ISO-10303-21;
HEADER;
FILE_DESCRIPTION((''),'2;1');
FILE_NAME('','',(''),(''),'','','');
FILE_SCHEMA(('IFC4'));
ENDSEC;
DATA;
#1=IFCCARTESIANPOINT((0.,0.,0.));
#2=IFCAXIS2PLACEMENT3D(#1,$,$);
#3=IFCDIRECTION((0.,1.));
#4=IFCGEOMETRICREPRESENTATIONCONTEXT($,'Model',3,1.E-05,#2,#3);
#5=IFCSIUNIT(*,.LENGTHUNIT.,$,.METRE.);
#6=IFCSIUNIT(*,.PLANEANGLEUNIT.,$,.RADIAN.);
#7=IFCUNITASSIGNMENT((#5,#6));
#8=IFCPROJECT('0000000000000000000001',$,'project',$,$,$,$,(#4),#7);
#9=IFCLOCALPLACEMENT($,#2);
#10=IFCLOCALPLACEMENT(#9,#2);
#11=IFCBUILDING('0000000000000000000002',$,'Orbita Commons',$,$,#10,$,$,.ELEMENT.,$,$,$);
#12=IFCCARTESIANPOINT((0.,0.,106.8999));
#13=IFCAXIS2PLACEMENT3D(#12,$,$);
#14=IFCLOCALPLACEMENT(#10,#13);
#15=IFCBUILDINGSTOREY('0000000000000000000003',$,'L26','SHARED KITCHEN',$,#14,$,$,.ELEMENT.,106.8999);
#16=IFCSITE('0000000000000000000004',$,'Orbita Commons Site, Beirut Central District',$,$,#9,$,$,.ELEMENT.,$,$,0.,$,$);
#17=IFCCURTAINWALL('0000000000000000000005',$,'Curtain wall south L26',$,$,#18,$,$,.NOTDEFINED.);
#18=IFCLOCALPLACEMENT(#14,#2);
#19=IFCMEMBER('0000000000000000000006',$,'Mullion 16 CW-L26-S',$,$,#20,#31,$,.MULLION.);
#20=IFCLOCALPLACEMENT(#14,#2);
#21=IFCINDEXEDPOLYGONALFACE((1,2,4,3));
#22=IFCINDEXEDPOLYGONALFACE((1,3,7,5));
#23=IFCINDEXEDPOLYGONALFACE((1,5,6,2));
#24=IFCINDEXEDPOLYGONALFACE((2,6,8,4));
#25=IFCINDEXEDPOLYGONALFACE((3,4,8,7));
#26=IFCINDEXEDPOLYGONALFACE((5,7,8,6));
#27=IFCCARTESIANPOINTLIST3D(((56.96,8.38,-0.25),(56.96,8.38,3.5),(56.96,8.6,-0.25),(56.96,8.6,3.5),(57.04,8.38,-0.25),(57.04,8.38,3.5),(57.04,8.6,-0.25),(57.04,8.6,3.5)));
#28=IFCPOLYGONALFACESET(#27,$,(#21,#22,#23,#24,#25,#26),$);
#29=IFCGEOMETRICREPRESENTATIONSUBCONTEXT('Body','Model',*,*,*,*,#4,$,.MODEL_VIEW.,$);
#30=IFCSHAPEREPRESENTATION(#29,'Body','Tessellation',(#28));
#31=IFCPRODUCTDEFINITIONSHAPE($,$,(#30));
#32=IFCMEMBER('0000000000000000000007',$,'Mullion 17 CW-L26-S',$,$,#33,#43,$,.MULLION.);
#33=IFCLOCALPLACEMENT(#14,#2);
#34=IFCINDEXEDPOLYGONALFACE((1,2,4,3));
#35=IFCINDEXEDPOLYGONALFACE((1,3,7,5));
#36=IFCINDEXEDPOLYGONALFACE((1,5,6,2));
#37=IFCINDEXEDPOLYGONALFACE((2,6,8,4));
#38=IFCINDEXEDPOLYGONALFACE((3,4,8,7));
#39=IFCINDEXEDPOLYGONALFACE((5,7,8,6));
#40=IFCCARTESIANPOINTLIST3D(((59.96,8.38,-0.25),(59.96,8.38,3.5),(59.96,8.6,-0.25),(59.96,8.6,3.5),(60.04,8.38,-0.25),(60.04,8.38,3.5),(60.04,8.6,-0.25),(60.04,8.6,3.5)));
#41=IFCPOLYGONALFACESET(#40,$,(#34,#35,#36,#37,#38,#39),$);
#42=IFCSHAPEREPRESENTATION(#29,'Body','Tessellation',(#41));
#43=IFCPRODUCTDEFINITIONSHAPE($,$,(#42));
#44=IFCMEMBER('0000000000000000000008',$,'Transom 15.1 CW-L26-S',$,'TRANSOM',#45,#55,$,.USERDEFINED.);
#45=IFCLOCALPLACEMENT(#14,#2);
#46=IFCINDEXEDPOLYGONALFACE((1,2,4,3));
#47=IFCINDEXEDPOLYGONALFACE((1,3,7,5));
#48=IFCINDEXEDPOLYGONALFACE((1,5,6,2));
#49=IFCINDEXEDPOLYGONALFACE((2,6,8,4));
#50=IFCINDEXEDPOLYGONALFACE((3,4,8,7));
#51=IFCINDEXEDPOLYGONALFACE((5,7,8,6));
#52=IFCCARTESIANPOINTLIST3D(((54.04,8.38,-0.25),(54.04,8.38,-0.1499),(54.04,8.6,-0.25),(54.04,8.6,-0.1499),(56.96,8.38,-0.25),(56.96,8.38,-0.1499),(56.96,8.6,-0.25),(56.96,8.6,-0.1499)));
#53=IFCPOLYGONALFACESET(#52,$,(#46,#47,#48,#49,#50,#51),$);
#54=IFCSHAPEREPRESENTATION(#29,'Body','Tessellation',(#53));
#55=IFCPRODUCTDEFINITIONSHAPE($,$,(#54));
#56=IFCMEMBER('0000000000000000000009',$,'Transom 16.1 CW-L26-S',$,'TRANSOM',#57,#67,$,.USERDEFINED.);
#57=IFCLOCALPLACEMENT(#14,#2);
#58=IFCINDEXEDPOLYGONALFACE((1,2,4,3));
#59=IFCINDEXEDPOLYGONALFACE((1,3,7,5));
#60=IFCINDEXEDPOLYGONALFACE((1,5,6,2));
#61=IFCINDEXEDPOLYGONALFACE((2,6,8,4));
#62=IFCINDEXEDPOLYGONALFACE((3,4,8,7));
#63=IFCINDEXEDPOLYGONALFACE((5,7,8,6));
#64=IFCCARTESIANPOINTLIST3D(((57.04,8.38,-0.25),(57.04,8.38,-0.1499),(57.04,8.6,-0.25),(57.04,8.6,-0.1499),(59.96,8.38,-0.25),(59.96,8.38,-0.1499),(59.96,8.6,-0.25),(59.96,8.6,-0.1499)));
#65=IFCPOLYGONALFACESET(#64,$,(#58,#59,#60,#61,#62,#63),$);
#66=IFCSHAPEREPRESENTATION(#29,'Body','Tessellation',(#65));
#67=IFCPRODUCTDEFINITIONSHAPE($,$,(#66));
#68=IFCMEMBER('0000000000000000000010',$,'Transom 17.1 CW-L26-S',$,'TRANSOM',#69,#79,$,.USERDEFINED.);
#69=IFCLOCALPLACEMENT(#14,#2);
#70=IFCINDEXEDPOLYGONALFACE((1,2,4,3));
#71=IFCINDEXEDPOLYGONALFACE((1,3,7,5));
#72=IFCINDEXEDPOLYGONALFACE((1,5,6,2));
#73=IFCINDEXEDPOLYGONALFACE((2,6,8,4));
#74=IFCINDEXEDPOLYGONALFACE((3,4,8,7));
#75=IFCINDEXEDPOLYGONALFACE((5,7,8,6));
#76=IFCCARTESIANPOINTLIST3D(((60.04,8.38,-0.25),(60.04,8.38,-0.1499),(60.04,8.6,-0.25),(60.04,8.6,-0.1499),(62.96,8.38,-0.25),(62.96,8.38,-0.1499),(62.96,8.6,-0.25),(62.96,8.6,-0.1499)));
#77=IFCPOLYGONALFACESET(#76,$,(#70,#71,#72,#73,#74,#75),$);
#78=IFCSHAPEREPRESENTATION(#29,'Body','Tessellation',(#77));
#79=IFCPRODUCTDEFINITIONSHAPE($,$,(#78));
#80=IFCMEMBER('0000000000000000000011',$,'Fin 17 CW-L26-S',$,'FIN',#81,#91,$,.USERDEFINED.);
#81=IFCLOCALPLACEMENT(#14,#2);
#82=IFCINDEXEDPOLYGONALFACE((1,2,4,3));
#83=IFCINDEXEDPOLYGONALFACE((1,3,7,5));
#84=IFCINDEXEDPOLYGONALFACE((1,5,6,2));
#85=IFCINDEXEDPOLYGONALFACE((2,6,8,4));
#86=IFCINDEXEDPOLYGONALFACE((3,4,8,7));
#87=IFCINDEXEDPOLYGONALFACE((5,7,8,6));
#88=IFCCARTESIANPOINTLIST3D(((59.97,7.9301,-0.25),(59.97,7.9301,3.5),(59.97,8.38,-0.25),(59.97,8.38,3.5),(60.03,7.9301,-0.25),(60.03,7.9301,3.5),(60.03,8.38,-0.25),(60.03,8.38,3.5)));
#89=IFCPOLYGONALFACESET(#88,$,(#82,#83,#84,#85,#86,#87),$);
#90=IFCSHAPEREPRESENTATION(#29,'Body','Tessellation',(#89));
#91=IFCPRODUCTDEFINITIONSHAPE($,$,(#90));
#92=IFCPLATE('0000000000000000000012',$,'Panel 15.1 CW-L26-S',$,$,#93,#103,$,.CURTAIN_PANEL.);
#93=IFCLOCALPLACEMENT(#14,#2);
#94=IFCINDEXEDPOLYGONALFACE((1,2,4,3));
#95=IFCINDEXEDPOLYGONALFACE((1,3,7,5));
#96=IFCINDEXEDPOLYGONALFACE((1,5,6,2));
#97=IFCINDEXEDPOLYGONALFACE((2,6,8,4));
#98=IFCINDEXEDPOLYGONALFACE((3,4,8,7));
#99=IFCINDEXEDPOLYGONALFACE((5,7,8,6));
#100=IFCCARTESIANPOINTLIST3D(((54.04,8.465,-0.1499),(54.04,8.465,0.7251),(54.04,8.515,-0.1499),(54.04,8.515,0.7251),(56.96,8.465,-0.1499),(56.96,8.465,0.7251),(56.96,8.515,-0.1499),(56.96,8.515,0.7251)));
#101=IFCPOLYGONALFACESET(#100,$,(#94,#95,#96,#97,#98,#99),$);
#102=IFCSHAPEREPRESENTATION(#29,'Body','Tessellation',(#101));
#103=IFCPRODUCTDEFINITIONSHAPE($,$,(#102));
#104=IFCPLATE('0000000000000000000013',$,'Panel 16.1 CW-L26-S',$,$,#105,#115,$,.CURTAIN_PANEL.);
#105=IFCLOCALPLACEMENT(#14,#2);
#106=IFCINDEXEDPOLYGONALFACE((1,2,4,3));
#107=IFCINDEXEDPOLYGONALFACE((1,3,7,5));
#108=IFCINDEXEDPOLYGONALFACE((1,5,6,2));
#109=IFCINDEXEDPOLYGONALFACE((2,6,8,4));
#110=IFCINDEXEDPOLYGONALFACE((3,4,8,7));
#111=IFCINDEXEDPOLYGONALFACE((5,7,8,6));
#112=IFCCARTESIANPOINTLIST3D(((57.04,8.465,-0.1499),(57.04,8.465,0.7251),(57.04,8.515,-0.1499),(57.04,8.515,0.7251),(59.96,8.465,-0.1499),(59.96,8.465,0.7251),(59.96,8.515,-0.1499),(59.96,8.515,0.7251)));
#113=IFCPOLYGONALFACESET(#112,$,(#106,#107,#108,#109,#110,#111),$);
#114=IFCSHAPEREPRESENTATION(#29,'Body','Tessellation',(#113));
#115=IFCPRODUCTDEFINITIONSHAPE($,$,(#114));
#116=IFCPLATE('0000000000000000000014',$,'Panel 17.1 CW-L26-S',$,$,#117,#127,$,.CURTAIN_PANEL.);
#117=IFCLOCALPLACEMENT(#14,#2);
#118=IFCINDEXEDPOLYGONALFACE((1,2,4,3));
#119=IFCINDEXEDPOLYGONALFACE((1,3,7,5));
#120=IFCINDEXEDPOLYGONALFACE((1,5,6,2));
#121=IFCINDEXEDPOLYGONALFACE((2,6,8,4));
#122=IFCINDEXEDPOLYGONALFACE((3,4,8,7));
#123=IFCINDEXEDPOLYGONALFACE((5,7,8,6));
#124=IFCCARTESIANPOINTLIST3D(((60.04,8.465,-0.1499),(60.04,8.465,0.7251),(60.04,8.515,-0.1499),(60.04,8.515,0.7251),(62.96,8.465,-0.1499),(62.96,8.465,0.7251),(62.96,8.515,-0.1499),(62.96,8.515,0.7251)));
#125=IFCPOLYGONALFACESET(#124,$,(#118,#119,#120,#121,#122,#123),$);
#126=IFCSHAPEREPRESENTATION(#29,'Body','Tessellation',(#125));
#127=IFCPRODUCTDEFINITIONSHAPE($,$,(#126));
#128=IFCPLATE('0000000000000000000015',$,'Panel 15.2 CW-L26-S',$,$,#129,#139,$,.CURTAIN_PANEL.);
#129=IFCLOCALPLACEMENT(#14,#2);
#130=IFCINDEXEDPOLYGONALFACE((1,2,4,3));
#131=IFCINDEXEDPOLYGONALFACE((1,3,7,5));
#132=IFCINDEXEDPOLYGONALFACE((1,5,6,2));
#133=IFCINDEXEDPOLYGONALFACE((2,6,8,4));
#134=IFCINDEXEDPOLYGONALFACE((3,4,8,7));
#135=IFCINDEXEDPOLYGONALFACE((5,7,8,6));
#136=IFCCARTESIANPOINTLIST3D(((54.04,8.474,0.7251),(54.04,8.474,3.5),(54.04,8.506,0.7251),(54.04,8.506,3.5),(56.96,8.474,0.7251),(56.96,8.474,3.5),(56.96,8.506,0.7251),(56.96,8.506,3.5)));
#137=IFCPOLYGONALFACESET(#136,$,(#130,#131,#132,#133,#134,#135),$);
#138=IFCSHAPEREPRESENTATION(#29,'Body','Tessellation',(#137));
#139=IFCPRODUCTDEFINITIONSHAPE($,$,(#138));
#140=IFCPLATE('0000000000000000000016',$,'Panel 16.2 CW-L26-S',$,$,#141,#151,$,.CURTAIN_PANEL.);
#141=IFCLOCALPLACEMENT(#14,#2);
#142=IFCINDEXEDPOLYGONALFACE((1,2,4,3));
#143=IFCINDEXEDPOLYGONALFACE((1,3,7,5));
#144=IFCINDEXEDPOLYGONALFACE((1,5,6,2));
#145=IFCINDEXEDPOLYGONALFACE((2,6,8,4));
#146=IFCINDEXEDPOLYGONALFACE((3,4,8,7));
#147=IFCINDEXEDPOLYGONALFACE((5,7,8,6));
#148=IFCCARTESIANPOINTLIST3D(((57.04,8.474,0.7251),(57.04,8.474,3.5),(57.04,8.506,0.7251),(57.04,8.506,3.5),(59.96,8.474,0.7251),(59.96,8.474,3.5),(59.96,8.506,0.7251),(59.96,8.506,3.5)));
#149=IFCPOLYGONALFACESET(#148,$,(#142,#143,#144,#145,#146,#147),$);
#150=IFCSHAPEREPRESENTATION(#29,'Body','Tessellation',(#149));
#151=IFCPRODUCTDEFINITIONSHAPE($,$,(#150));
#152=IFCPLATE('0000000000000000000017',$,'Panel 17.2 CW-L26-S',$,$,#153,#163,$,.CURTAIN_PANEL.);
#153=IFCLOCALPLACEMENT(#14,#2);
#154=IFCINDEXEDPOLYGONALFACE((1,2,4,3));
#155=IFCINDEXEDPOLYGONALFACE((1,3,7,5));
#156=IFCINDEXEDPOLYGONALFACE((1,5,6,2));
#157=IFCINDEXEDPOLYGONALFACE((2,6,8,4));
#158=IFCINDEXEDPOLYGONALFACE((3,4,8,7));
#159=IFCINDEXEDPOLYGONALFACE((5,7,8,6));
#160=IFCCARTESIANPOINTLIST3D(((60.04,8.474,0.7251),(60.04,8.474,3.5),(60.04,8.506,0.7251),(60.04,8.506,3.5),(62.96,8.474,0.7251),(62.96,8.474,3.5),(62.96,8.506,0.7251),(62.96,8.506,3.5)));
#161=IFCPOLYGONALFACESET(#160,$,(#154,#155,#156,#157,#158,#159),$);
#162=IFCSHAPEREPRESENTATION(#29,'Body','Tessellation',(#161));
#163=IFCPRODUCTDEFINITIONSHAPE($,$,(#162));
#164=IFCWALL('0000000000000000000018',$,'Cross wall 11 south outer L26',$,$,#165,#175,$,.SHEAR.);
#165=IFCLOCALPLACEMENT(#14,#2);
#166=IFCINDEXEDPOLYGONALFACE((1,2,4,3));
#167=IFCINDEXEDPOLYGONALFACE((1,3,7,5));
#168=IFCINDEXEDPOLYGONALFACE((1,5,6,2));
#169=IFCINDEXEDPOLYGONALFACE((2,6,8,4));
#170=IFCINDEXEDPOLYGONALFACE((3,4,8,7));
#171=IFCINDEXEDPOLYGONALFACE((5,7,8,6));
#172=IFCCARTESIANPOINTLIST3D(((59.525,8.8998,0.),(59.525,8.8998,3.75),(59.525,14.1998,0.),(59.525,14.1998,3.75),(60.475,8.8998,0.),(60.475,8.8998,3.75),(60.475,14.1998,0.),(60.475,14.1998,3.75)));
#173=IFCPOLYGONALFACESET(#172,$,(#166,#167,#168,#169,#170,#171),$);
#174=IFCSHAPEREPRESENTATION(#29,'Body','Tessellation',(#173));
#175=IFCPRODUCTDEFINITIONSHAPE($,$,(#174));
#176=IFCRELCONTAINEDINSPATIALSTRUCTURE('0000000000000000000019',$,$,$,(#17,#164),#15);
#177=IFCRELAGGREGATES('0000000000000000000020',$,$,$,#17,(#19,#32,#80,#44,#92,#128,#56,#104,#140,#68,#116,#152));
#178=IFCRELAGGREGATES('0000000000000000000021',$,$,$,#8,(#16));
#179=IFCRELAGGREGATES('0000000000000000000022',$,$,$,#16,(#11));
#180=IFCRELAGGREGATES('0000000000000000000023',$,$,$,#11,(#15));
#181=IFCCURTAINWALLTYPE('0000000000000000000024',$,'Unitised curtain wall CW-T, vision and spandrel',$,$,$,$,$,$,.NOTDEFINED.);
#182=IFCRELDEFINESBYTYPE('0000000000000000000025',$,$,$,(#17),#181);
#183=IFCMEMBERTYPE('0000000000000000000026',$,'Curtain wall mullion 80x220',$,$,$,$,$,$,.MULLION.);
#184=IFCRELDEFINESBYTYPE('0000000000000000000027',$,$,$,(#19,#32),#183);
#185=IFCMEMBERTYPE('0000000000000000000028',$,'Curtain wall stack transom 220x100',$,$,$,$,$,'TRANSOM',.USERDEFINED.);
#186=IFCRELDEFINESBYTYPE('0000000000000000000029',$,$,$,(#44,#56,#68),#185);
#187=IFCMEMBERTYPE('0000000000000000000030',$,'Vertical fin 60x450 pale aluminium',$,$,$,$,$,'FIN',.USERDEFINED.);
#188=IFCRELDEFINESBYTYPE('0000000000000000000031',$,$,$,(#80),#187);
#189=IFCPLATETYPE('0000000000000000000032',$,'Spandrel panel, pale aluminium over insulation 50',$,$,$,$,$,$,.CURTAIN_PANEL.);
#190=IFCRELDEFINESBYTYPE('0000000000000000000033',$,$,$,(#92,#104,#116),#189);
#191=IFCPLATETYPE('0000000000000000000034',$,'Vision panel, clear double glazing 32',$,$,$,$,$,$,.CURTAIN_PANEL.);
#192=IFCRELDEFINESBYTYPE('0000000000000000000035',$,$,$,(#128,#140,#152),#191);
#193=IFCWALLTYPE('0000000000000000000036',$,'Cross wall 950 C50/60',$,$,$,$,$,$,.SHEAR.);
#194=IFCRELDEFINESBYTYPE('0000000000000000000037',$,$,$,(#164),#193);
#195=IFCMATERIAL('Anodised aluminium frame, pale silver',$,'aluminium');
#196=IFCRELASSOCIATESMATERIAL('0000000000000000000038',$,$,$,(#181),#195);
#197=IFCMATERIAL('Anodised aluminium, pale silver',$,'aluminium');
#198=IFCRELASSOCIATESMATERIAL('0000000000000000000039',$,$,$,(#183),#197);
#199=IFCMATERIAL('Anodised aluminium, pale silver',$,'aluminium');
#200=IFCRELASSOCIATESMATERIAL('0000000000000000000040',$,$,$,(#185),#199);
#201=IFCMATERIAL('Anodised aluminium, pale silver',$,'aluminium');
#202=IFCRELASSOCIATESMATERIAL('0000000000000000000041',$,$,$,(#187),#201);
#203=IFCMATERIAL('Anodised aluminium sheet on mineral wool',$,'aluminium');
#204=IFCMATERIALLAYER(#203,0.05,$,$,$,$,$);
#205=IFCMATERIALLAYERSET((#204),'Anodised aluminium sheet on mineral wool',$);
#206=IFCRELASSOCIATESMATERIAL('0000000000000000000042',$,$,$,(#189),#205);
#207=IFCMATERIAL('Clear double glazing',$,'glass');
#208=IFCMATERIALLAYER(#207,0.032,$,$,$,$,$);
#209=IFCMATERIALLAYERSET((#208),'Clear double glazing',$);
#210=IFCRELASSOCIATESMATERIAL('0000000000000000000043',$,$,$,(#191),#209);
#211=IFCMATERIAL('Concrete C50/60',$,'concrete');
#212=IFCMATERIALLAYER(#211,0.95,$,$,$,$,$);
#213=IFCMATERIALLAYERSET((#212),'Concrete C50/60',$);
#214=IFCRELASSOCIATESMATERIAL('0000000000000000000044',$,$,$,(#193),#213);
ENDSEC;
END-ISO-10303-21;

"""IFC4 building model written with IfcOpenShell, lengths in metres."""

from ifc_helpers import new_model, si_unit, direction, frame, frame_2d, origin, origin_2d, place, context, subcontext, project, spatial, rectangle, extrude, material, layer, layer_set, material_profile, profile_set, type_object, element, aggregate, save


model = new_model("IFC4")

# Units and contexts
model_context = context("Model", 3, precision=1e-05, world=origin(), true_north=direction((0.0, 1.0)))
body_context = subcontext(model_context, "Body", "Model", "MODEL_VIEW")
ifc_project = project(units=[si_unit("LENGTHUNIT", "METRE"), si_unit("PLANEANGLEUNIT", "RADIAN")], contexts=[model_context])

# Site, building, storey
site_placement = place(None, origin())
site = spatial("IfcSite", under=ifc_project, at=site_placement, Name="Orbita Commons Site, Beirut Central District", CompositionType="ELEMENT", RefElevation=0.0)
building_placement = place(site_placement, origin())
building = spatial("IfcBuilding", under=site, at=building_placement, Name="Orbita Commons", CompositionType="ELEMENT")
storey_placement = place(building_placement, frame((0.0, 0.0, 106.8999)))
storey = spatial("IfcBuildingStorey", under=building, at=storey_placement, Name="L26", Description="SHARED KITCHEN", CompositionType="ELEMENT", Elevation=106.8999)

# Curtain wall, members, plates
ifc_material_1 = material(Name="Anodised aluminium frame, pale silver", Category="aluminium")
curtain_wall_type = type_object("IfcCurtainWallType", Name="Unitised curtain wall CW-T, vision and spandrel", PredefinedType="NOTDEFINED", material=ifc_material_1)
curtain_wall_placement = place(storey_placement, origin())
curtain_wall = element("IfcCurtainWall", 1, at=curtain_wall_placement, inside=storey, type_object=curtain_wall_type, Name="Curtain wall south L26", PredefinedType="NOTDEFINED")
ifc_material_2 = material(Name="Anodised aluminium, pale silver", Category="aluminium")
ifc_material_profile_1 = material_profile(ifc_material_2, rectangle(XDim=0.0801, YDim=0.22, at=origin_2d()), Name="AL 80x220")
ifc_profile_set_1 = profile_set([ifc_material_profile_1], Name="Anodised aluminium, pale silver")
member_type_1 = type_object("IfcMemberType", Name="Curtain wall mullion 80x220", PredefinedType="MULLION", material=ifc_profile_set_1)
member_1_placement = place(storey_placement, frame((57.0, 8.49, -0.25), z_axis=(0.0, 0.0, 1.0), x_axis=(1.0, 0.0, 0.0)))
member_1 = element("IfcMember", 2, at=member_1_placement, type_object=member_type_1, Name="Mullion 16 CW-L26-S", PredefinedType="MULLION", context=body_context, shape_type="SweptSolid", body=[
    extrude(rectangle(XDim=0.0801, YDim=0.22, at=origin_2d()), origin(), (0.0, 0.0, 1.0), 3.75),
])
member_2_placement = place(storey_placement, frame((60.0, 8.49, -0.25), z_axis=(0.0, 0.0, 1.0), x_axis=(1.0, 0.0, 0.0)))
member_2 = element("IfcMember", 3, at=member_2_placement, type_object=member_type_1, Name="Mullion 17 CW-L26-S", PredefinedType="MULLION", context=body_context, shape_type="SweptSolid", body=[
    extrude(rectangle(XDim=0.0801, YDim=0.22, at=origin_2d()), origin(), (0.0, 0.0, 1.0), 3.75),
])
ifc_material_3 = material(Name="Anodised aluminium, pale silver", Category="aluminium")
ifc_material_profile_2 = material_profile(ifc_material_3, rectangle(XDim=0.22, YDim=0.1001, at=origin_2d()), Name="AL 220x100")
ifc_profile_set_2 = profile_set([ifc_material_profile_2], Name="Anodised aluminium, pale silver")
member_type_2 = type_object("IfcMemberType", Name="Curtain wall stack transom 220x100", ElementType="TRANSOM", PredefinedType="USERDEFINED", material=ifc_profile_set_2)
member_3_placement = place(storey_placement, frame((54.04, 8.49, -0.2), z_axis=(1.0, 0.0, 0.0), x_axis=(0.0, 1.0, 0.0)))
member_3 = element("IfcMember", 4, at=member_3_placement, type_object=member_type_2, Name="Transom 15.1 CW-L26-S", ObjectType="TRANSOM", PredefinedType="USERDEFINED", context=body_context, shape_type="SweptSolid", body=[
    extrude(rectangle(XDim=0.22, YDim=0.1001, at=origin_2d()), origin(), (0.0, 0.0, 1.0), 2.9199),
])
member_4_placement = place(storey_placement, frame((57.04, 8.49, -0.2), z_axis=(1.0, 0.0, 0.0), x_axis=(0.0, 1.0, 0.0)))
member_4 = element("IfcMember", 5, at=member_4_placement, type_object=member_type_2, Name="Transom 16.1 CW-L26-S", ObjectType="TRANSOM", PredefinedType="USERDEFINED", context=body_context, shape_type="SweptSolid", body=[
    extrude(rectangle(XDim=0.22, YDim=0.1001, at=origin_2d()), origin(), (0.0, 0.0, 1.0), 2.9199),
])
member_5_placement = place(storey_placement, frame((60.04, 8.49, -0.2), z_axis=(1.0, 0.0, 0.0), x_axis=(0.0, 1.0, 0.0)))
member_5 = element("IfcMember", 6, at=member_5_placement, type_object=member_type_2, Name="Transom 17.1 CW-L26-S", ObjectType="TRANSOM", PredefinedType="USERDEFINED", context=body_context, shape_type="SweptSolid", body=[
    extrude(rectangle(XDim=0.22, YDim=0.1001, at=origin_2d()), origin(), (0.0, 0.0, 1.0), 2.9199),
])
ifc_material_4 = material(Name="Anodised aluminium, pale silver", Category="aluminium")
ifc_material_profile_3 = material_profile(ifc_material_4, rectangle(XDim=0.0601, YDim=0.45, at=origin_2d()), Name="FIN 60x450")
ifc_profile_set_3 = profile_set([ifc_material_profile_3], Name="Anodised aluminium, pale silver")
member_type_3 = type_object("IfcMemberType", Name="Vertical fin 60x450 pale aluminium", ElementType="FIN", PredefinedType="USERDEFINED", material=ifc_profile_set_3)
member_6_placement = place(storey_placement, frame((60.0, 8.155, -0.25), z_axis=(0.0, 0.0, 1.0), x_axis=(1.0, 0.0, 0.0)))
member_6 = element("IfcMember", 7, at=member_6_placement, type_object=member_type_3, Name="Fin 17 CW-L26-S", ObjectType="FIN", PredefinedType="USERDEFINED", context=body_context, shape_type="SweptSolid", body=[
    extrude(rectangle(XDim=0.0601, YDim=0.45, at=origin_2d()), origin(), (0.0, 0.0, 1.0), 3.75),
])
ifc_material_5 = material(Name="Anodised aluminium sheet on mineral wool", Category="aluminium")
ifc_layer_1 = layer(ifc_material_5, 0.05)
ifc_layer_set_1 = layer_set([ifc_layer_1], Name="Anodised aluminium sheet on mineral wool")
plate_type_1 = type_object("IfcPlateType", Name="Spandrel panel, pale aluminium over insulation 50", PredefinedType="CURTAIN_PANEL", material=ifc_layer_set_1)
plate_1_placement = place(storey_placement, frame((55.5, 8.49, -0.1499), z_axis=(0.0, 0.0, 1.0), x_axis=(1.0, 0.0, 0.0)))
plate_1 = element("IfcPlate", 8, at=plate_1_placement, type_object=plate_type_1, Name="Panel 15.1 CW-L26-S", PredefinedType="CURTAIN_PANEL", context=body_context, shape_type="SweptSolid", body=[
    extrude(rectangle(XDim=2.9199, YDim=0.05, at=origin_2d()), origin(), (0.0, 0.0, 1.0), 0.875),
])
plate_2_placement = place(storey_placement, frame((58.5, 8.49, -0.1499), z_axis=(0.0, 0.0, 1.0), x_axis=(1.0, 0.0, 0.0)))
plate_2 = element("IfcPlate", 9, at=plate_2_placement, type_object=plate_type_1, Name="Panel 16.1 CW-L26-S", PredefinedType="CURTAIN_PANEL", context=body_context, shape_type="SweptSolid", body=[
    extrude(rectangle(XDim=2.9199, YDim=0.05, at=origin_2d()), origin(), (0.0, 0.0, 1.0), 0.875),
])
plate_3_placement = place(storey_placement, frame((61.5, 8.49, -0.1499), z_axis=(0.0, 0.0, 1.0), x_axis=(1.0, 0.0, 0.0)))
plate_3 = element("IfcPlate", 10, at=plate_3_placement, type_object=plate_type_1, Name="Panel 17.1 CW-L26-S", PredefinedType="CURTAIN_PANEL", context=body_context, shape_type="SweptSolid", body=[
    extrude(rectangle(XDim=2.9199, YDim=0.05, at=origin_2d()), origin(), (0.0, 0.0, 1.0), 0.875),
])
ifc_material_6 = material(Name="Clear double glazing", Category="glass")
ifc_layer_2 = layer(ifc_material_6, 0.032)
ifc_layer_set_2 = layer_set([ifc_layer_2], Name="Clear double glazing")
plate_type_2 = type_object("IfcPlateType", Name="Vision panel, clear double glazing 32", PredefinedType="CURTAIN_PANEL", material=ifc_layer_set_2)
plate_4_placement = place(storey_placement, frame((55.5, 8.49, 0.7251), z_axis=(0.0, 0.0, 1.0), x_axis=(1.0, 0.0, 0.0)))
plate_4 = element("IfcPlate", 11, at=plate_4_placement, type_object=plate_type_2, Name="Panel 15.2 CW-L26-S", PredefinedType="CURTAIN_PANEL", context=body_context, shape_type="SweptSolid", body=[
    extrude(rectangle(XDim=2.9199, YDim=0.032, at=origin_2d()), origin(), (0.0, 0.0, 1.0), 2.7749),
])
plate_5_placement = place(storey_placement, frame((58.5, 8.49, 0.7251), z_axis=(0.0, 0.0, 1.0), x_axis=(1.0, 0.0, 0.0)))
plate_5 = element("IfcPlate", 12, at=plate_5_placement, type_object=plate_type_2, Name="Panel 16.2 CW-L26-S", PredefinedType="CURTAIN_PANEL", context=body_context, shape_type="SweptSolid", body=[
    extrude(rectangle(XDim=2.9199, YDim=0.032, at=origin_2d()), origin(), (0.0, 0.0, 1.0), 2.7749),
])
plate_6_placement = place(storey_placement, frame((61.5, 8.49, 0.7251), z_axis=(0.0, 0.0, 1.0), x_axis=(1.0, 0.0, 0.0)))
plate_6 = element("IfcPlate", 13, at=plate_6_placement, type_object=plate_type_2, Name="Panel 17.2 CW-L26-S", PredefinedType="CURTAIN_PANEL", context=body_context, shape_type="SweptSolid", body=[
    extrude(rectangle(XDim=2.9199, YDim=0.032, at=origin_2d()), origin(), (0.0, 0.0, 1.0), 2.7749),
])
aggregate(curtain_wall, [member_1, member_2, member_6, member_3, plate_1, plate_4, member_4, plate_2, plate_5, member_5, plate_3, plate_6])

# Wall
ifc_material_7 = material(Name="Concrete C50/60", Category="concrete")
ifc_layer_3 = layer(ifc_material_7, 0.95)
ifc_layer_set_3 = layer_set([ifc_layer_3], Name="Concrete C50/60")
wall_type_1 = type_object("IfcWallType", Name="Cross wall 950 C50/60", PredefinedType="SHEAR", material=ifc_layer_set_3)
wall_1_placement = place(storey_placement, frame((60.0, 8.8999, 0.0), z_axis=(0.0, 0.0, 1.0), x_axis=(0.0, 1.0, 0.0)))
element("IfcWall", 14, at=wall_1_placement, inside=storey, type_object=wall_type_1, Name="Cross wall 11 south outer L26", PredefinedType="SHEAR", context=body_context, shape_type="SweptSolid", body=[
    extrude(rectangle(XDim=5.3, YDim=0.95, at=frame_2d((2.6499, 0.0))), origin(), (0.0, 0.0, 1.0), 3.75),
])

save(model, "model.ifc")
